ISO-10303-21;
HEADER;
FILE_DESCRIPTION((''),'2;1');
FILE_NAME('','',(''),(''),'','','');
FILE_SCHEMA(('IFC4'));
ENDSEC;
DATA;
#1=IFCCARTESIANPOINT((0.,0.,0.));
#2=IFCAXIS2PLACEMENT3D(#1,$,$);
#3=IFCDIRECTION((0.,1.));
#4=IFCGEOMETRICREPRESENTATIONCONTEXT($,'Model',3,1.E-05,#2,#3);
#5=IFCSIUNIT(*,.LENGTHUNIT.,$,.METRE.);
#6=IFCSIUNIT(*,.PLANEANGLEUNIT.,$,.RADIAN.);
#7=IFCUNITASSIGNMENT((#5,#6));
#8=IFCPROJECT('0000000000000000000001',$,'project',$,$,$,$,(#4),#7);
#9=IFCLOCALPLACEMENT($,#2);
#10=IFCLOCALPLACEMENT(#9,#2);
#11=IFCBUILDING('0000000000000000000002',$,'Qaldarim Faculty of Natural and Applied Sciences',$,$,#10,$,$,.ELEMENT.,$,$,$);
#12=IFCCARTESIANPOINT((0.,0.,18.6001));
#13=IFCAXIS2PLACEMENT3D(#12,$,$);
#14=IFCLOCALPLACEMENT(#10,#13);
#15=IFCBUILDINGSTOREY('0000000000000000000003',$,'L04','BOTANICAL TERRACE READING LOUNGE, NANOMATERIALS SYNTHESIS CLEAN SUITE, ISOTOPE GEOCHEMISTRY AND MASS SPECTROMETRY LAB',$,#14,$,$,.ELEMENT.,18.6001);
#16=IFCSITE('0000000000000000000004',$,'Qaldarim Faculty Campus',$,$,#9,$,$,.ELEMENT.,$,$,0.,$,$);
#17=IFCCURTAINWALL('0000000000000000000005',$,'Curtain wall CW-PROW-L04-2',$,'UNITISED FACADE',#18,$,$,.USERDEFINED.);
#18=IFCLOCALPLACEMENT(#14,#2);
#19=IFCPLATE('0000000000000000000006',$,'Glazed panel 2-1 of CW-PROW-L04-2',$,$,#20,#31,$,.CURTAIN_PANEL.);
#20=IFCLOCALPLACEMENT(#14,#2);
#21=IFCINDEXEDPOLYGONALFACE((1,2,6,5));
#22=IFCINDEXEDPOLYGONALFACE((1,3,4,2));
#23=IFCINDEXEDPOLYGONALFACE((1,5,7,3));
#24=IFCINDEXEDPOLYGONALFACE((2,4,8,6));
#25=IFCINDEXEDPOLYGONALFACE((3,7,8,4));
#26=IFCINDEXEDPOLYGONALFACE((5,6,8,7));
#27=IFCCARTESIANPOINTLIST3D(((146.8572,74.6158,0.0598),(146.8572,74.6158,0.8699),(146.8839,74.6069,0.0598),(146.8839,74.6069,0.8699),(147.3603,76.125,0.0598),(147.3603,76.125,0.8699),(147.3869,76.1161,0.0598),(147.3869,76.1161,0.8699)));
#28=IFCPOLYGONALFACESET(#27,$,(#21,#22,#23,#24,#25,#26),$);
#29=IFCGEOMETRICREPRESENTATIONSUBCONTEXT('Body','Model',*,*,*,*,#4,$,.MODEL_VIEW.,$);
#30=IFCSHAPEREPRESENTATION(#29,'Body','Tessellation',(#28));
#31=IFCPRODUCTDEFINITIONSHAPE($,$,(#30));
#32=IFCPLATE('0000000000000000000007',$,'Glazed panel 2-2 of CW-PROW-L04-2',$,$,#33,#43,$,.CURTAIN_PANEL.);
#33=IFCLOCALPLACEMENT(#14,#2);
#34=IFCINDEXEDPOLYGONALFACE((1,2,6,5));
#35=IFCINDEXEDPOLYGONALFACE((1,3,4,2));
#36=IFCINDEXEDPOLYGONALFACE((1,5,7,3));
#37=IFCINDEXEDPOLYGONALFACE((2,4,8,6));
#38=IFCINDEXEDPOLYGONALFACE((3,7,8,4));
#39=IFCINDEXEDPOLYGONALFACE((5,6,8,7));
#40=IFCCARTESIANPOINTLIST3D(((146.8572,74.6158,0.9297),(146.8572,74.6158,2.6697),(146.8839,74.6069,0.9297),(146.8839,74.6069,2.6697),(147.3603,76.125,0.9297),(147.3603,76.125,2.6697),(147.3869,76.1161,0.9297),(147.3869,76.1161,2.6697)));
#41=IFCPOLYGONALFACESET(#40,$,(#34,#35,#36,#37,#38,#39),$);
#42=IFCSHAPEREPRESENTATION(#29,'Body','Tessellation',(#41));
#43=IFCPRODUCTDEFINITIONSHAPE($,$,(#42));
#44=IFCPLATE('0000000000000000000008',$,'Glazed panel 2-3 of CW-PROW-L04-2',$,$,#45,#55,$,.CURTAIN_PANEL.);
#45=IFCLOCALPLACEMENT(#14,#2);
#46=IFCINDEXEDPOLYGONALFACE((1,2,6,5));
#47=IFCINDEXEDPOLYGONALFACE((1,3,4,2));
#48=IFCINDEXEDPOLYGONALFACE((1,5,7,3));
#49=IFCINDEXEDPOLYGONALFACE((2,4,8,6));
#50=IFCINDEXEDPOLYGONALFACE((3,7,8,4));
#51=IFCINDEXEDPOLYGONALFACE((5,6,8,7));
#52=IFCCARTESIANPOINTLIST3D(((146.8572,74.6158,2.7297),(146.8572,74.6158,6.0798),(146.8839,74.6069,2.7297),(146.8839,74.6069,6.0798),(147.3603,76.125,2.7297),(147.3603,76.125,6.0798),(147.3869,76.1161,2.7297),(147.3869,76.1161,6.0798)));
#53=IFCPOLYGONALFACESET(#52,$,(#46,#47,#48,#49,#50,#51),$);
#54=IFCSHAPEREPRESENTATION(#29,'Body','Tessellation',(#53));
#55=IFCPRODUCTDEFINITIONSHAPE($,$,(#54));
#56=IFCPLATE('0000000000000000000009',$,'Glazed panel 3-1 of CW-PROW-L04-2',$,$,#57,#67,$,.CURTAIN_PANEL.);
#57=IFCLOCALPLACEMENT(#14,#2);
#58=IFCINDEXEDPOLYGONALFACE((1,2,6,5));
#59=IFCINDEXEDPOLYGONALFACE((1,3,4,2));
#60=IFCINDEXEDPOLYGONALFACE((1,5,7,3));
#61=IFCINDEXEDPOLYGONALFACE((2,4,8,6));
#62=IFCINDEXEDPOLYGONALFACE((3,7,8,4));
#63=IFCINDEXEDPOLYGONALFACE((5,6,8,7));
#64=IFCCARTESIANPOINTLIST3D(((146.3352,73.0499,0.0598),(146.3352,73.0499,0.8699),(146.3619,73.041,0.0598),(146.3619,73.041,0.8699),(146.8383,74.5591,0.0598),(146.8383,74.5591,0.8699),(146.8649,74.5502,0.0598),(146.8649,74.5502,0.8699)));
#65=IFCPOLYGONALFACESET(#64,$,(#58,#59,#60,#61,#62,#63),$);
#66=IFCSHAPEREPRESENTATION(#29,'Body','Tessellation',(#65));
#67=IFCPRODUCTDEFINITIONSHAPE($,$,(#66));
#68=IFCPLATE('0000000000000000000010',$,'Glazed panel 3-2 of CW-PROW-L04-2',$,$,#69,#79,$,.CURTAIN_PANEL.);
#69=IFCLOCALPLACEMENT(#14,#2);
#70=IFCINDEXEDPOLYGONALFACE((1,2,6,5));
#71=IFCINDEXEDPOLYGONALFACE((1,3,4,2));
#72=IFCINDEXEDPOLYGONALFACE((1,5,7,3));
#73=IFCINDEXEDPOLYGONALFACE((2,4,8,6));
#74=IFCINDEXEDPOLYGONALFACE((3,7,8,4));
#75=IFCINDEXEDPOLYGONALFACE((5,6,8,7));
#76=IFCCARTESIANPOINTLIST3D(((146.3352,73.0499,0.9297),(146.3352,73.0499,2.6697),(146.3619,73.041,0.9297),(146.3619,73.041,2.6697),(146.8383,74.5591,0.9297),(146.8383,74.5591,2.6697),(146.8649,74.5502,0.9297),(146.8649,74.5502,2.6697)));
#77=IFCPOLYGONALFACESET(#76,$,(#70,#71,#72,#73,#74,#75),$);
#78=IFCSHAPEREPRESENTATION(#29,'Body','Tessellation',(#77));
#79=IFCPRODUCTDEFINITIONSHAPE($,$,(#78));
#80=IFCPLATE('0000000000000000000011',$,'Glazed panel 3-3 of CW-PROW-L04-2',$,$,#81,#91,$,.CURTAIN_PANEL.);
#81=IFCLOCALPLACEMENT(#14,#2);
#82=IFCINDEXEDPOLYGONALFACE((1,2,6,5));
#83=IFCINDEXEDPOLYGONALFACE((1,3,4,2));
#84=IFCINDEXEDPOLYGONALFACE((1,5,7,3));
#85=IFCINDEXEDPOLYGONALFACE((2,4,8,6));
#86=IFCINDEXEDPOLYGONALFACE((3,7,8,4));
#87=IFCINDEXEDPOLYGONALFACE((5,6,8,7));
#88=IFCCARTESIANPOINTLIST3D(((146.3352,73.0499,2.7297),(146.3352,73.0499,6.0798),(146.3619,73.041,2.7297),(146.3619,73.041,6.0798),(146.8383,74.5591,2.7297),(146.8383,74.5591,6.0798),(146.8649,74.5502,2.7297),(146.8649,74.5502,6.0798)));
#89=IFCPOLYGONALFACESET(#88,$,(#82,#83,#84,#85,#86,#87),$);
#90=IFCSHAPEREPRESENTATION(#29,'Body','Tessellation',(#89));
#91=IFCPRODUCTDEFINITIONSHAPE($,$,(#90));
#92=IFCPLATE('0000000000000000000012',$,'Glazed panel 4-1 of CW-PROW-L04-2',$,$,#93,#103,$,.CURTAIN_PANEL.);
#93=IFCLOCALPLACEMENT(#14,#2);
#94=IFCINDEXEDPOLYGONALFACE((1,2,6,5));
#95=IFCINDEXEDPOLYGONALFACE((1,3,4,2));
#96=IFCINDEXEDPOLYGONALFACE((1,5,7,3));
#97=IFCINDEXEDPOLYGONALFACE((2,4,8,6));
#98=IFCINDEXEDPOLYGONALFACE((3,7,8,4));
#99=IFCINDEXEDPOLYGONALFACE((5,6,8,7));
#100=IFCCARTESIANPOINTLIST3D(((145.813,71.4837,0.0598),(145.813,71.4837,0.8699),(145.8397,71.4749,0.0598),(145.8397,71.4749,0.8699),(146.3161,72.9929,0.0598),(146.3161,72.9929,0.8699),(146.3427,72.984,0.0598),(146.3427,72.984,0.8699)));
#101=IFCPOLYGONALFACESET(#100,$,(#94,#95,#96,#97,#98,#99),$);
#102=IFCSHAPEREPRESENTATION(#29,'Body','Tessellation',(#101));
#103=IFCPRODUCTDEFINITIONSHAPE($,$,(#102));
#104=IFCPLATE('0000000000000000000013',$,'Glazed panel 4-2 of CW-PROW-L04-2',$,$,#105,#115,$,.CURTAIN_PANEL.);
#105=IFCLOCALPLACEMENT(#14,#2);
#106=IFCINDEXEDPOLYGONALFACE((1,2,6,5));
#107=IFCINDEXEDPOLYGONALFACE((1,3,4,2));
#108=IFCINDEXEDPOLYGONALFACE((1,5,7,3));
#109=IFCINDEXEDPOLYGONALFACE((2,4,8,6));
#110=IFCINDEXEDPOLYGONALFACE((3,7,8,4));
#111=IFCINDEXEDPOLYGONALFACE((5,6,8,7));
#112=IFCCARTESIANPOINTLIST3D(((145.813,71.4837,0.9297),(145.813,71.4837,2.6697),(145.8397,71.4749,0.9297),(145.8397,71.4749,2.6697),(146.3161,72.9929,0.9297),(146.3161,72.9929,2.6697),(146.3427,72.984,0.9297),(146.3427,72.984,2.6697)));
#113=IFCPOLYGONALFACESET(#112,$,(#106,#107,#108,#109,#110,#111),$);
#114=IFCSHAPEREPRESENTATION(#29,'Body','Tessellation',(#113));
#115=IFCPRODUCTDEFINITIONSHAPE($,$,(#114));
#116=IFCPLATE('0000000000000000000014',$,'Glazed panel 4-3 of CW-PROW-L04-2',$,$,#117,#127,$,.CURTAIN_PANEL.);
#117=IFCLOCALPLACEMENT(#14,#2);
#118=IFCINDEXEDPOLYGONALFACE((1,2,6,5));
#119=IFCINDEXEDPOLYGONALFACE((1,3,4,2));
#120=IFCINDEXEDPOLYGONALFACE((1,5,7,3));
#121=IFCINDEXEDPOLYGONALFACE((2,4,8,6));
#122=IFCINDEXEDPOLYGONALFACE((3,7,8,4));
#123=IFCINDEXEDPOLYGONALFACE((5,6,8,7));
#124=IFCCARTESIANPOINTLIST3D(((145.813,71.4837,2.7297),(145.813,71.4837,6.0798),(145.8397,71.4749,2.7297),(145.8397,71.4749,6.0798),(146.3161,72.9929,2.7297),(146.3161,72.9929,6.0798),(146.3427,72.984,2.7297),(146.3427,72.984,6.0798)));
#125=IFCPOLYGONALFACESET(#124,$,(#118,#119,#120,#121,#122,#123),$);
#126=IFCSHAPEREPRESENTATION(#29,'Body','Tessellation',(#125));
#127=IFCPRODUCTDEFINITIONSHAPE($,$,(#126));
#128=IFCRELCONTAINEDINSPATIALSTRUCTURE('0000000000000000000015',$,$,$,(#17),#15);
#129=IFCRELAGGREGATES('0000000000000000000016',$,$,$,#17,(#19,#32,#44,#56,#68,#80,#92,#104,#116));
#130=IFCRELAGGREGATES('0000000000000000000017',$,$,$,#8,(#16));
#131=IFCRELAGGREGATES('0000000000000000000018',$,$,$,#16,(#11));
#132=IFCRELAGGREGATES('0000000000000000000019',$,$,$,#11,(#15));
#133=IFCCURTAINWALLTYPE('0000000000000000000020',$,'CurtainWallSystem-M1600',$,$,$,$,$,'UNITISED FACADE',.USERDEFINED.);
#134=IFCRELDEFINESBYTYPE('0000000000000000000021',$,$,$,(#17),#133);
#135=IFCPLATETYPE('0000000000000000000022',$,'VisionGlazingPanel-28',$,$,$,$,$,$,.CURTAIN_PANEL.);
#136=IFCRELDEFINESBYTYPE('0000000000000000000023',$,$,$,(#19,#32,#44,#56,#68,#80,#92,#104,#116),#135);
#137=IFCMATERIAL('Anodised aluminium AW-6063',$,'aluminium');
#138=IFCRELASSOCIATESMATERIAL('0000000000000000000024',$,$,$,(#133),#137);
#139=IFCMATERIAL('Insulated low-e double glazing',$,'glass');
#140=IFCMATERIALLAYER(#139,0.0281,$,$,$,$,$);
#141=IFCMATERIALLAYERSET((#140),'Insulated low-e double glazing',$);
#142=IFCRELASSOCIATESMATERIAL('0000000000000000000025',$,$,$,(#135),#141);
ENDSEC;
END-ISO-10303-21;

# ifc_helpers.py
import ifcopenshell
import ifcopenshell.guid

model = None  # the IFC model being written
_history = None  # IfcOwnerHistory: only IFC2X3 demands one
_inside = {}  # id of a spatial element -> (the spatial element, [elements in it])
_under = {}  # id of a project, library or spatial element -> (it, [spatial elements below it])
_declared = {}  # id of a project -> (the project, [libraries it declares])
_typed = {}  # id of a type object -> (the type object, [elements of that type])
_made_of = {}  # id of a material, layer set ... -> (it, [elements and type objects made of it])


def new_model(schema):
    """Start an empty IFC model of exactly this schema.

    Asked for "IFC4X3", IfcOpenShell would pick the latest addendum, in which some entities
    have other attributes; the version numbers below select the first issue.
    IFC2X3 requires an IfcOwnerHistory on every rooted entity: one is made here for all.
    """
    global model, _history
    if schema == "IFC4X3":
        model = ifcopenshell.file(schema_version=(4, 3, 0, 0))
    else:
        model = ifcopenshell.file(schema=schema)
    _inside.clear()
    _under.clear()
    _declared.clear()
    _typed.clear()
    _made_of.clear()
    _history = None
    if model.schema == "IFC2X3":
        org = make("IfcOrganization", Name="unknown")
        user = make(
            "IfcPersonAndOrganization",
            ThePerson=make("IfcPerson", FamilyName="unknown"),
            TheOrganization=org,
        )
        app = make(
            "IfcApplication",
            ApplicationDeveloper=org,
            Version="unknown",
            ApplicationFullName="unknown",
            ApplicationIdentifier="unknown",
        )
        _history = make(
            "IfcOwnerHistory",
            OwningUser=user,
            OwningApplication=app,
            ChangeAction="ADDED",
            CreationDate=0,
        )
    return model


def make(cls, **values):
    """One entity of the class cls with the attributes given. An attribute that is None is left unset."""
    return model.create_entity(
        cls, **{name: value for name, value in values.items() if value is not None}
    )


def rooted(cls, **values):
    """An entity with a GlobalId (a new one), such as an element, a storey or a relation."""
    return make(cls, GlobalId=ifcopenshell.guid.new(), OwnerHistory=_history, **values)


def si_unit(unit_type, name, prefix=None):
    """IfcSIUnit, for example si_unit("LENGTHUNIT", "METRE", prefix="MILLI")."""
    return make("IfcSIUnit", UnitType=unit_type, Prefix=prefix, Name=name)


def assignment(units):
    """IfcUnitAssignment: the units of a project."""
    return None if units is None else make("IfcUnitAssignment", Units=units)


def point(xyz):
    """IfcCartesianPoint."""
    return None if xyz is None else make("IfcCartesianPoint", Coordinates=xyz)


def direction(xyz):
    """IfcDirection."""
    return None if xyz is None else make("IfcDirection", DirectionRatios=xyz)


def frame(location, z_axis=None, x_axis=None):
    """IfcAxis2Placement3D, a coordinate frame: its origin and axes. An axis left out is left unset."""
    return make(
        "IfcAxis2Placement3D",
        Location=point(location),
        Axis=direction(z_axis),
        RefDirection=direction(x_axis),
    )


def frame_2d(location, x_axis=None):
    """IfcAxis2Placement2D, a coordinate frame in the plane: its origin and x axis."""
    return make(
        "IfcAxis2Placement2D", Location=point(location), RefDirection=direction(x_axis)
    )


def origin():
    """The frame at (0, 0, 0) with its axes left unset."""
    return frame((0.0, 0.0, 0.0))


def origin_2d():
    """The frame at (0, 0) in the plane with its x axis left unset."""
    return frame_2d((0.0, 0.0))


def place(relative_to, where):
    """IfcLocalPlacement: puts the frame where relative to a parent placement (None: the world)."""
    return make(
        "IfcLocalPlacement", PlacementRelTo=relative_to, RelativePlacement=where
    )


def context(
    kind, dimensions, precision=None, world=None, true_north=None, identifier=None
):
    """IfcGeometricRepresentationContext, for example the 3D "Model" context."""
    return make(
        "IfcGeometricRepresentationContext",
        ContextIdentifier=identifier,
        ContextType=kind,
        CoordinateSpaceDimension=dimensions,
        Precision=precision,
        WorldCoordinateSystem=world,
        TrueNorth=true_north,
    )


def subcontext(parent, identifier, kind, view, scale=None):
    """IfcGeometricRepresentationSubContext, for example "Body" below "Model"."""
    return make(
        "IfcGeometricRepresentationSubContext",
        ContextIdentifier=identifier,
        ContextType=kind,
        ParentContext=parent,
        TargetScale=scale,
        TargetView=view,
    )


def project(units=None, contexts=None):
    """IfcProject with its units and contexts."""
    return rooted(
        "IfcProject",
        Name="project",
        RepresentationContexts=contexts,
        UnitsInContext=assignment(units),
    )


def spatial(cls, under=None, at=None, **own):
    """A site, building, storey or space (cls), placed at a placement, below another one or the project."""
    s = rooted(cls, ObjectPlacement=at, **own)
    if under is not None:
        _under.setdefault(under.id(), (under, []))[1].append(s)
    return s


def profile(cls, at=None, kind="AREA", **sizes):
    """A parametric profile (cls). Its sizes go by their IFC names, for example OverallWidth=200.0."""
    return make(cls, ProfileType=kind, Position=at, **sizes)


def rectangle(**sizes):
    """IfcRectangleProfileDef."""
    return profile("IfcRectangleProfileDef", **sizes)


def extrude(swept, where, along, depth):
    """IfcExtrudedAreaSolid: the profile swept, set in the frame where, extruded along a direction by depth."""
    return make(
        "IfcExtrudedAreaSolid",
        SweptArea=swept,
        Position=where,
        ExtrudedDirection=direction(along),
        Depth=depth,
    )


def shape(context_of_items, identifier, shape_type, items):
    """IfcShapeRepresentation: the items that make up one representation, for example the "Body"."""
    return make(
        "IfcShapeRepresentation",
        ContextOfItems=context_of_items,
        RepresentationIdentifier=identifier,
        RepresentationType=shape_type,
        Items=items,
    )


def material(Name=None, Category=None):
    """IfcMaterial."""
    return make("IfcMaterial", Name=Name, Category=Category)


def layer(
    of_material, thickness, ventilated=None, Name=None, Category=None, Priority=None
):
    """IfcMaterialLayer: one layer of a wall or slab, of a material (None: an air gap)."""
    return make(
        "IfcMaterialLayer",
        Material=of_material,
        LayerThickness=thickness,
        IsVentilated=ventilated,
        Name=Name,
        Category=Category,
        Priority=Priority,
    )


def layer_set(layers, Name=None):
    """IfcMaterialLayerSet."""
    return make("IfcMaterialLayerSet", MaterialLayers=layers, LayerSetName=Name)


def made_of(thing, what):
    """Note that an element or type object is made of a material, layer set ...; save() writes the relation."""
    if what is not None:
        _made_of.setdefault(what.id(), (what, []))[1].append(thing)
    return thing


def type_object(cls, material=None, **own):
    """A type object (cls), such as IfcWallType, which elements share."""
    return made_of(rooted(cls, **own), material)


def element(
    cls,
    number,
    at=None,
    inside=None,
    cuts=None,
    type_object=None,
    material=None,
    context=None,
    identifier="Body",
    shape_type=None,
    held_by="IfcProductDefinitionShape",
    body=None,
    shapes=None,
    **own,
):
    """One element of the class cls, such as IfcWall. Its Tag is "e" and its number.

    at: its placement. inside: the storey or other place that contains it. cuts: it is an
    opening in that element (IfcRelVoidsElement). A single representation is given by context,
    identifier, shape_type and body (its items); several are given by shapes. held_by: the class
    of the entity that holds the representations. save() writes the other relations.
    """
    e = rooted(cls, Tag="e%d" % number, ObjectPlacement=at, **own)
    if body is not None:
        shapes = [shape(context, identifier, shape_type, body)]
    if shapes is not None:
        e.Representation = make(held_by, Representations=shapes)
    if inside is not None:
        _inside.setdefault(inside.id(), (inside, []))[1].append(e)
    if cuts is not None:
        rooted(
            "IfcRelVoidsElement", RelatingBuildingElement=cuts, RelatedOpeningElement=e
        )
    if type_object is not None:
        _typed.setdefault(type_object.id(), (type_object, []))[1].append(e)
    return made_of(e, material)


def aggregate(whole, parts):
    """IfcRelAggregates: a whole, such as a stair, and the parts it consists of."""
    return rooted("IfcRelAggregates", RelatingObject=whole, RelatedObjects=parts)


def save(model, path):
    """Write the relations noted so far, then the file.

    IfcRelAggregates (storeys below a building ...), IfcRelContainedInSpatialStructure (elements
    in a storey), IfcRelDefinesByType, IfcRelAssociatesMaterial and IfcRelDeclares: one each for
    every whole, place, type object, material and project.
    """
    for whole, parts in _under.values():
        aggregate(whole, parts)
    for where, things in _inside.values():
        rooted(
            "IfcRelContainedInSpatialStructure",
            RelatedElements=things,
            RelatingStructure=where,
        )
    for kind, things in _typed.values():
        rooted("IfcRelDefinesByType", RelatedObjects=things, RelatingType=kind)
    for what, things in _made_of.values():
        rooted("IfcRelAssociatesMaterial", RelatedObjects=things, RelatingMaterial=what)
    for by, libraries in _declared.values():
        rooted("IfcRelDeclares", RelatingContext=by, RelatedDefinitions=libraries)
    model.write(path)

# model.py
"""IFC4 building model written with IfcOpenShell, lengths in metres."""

from ifc_helpers import new_model, si_unit, direction, frame, origin, origin_2d, place, context, subcontext, project, spatial, rectangle, extrude, material, layer, layer_set, type_object, element, aggregate, save


model = new_model("IFC4")

# Units and contexts
model_context = context("Model", 3, precision=1e-05, world=origin(), true_north=direction((0.0, 1.0)))
body_context = subcontext(model_context, "Body", "Model", "MODEL_VIEW")
ifc_project = project(units=[si_unit("LENGTHUNIT", "METRE"), si_unit("PLANEANGLEUNIT", "RADIAN")], contexts=[model_context])

# Site, building, storey
site_placement = place(None, origin())
site = spatial("IfcSite", under=ifc_project, at=site_placement, Name="Qaldarim Faculty Campus", CompositionType="ELEMENT", RefElevation=0.0)
building_placement = place(site_placement, origin())
building = spatial("IfcBuilding", under=site, at=building_placement, Name="Qaldarim Faculty of Natural and Applied Sciences", CompositionType="ELEMENT")
storey_placement = place(building_placement, frame((0.0, 0.0, 18.6001)))
storey = spatial("IfcBuildingStorey", under=building, at=storey_placement, Name="L04", Description="BOTANICAL TERRACE READING LOUNGE, NANOMATERIALS SYNTHESIS CLEAN SUITE, ISOTOPE GEOCHEMISTRY AND MASS SPECTROMETRY LAB", CompositionType="ELEMENT", Elevation=18.6001)

# Curtain wall, plates
ifc_material_1 = material(Name="Anodised aluminium AW-6063", Category="aluminium")
curtain_wall_type = type_object("IfcCurtainWallType", Name="CurtainWallSystem-M1600", ElementType="UNITISED FACADE", PredefinedType="USERDEFINED", material=ifc_material_1)
curtain_wall_placement = place(storey_placement, origin())
curtain_wall = element("IfcCurtainWall", 1, at=curtain_wall_placement, inside=storey, type_object=curtain_wall_type, Name="Curtain wall CW-PROW-L04-2", ObjectType="UNITISED FACADE", PredefinedType="USERDEFINED")
ifc_material_2 = material(Name="Insulated low-e double glazing", Category="glass")
ifc_layer = layer(ifc_material_2, 0.0281)
ifc_layer_set = layer_set([ifc_layer], Name="Insulated low-e double glazing")
plate_type = type_object("IfcPlateType", Name="VisionGlazingPanel-28", PredefinedType="CURTAIN_PANEL", material=ifc_layer_set)
plate_1_placement = place(storey_placement, frame((147.1221, 75.366, 0.0598), z_axis=(0.0, 0.0, 1.0), x_axis=(-0.316229, -0.948683, 0.0)))
plate_1 = element("IfcPlate", 2, at=plate_1_placement, type_object=plate_type, Name="Glazed panel 2-1 of CW-PROW-L04-2", PredefinedType="CURTAIN_PANEL", context=body_context, shape_type="SweptSolid", body=[
    extrude(rectangle(XDim=1.5908, YDim=0.0281, at=origin_2d()), origin(), (0.0, 0.0, 1.0), 0.8101),
])
plate_2_placement = place(storey_placement, frame((147.1221, 75.366, 0.9297), z_axis=(0.0, 0.0, 1.0), x_axis=(-0.316229, -0.948683, 0.0)))
plate_2 = element("IfcPlate", 3, at=plate_2_placement, type_object=plate_type, Name="Glazed panel 2-2 of CW-PROW-L04-2", PredefinedType="CURTAIN_PANEL", context=body_context, shape_type="SweptSolid", body=[
    extrude(rectangle(XDim=1.5908, YDim=0.0281, at=origin_2d()), origin(), (0.0, 0.0, 1.0), 1.74),
])
plate_3_placement = place(storey_placement, frame((147.1221, 75.366, 2.7297), z_axis=(0.0, 0.0, 1.0), x_axis=(-0.316229, -0.948683, 0.0)))
plate_3 = element("IfcPlate", 4, at=plate_3_placement, type_object=plate_type, Name="Glazed panel 2-3 of CW-PROW-L04-2", PredefinedType="CURTAIN_PANEL", context=body_context, shape_type="SweptSolid", body=[
    extrude(rectangle(XDim=1.5908, YDim=0.0281, at=origin_2d()), origin(), (0.0, 0.0, 1.0), 3.3501),
])
plate_4_placement = place(storey_placement, frame((146.6001, 73.8, 0.0598), z_axis=(0.0, 0.0, 1.0), x_axis=(-0.316229, -0.948683, 0.0)))
plate_4 = element("IfcPlate", 5, at=plate_4_placement, type_object=plate_type, Name="Glazed panel 3-1 of CW-PROW-L04-2", PredefinedType="CURTAIN_PANEL", context=body_context, shape_type="SweptSolid", body=[
    extrude(rectangle(XDim=1.5908, YDim=0.0281, at=origin_2d()), origin(), (0.0, 0.0, 1.0), 0.8101),
])
plate_5_placement = place(storey_placement, frame((146.6001, 73.8, 0.9297), z_axis=(0.0, 0.0, 1.0), x_axis=(-0.316229, -0.948683, 0.0)))
plate_5 = element("IfcPlate", 6, at=plate_5_placement, type_object=plate_type, Name="Glazed panel 3-2 of CW-PROW-L04-2", PredefinedType="CURTAIN_PANEL", context=body_context, shape_type="SweptSolid", body=[
    extrude(rectangle(XDim=1.5908, YDim=0.0281, at=origin_2d()), origin(), (0.0, 0.0, 1.0), 1.74),
])
plate_6_placement = place(storey_placement, frame((146.6001, 73.8, 2.7297), z_axis=(0.0, 0.0, 1.0), x_axis=(-0.316229, -0.948683, 0.0)))
plate_6 = element("IfcPlate", 7, at=plate_6_placement, type_object=plate_type, Name="Glazed panel 3-3 of CW-PROW-L04-2", PredefinedType="CURTAIN_PANEL", context=body_context, shape_type="SweptSolid", body=[
    extrude(rectangle(XDim=1.5908, YDim=0.0281, at=origin_2d()), origin(), (0.0, 0.0, 1.0), 3.3501),
])
plate_7_placement = place(storey_placement, frame((146.0779, 72.2339, 0.0598), z_axis=(0.0, 0.0, 1.0), x_axis=(-0.316229, -0.948683, 0.0)))
plate_7 = element("IfcPlate", 8, at=plate_7_placement, type_object=plate_type, Name="Glazed panel 4-1 of CW-PROW-L04-2", PredefinedType="CURTAIN_PANEL", context=body_context, shape_type="SweptSolid", body=[
    extrude(rectangle(XDim=1.5908, YDim=0.0281, at=origin_2d()), origin(), (0.0, 0.0, 1.0), 0.8101),
])
plate_8_placement = place(storey_placement, frame((146.0779, 72.2339, 0.9297), z_axis=(0.0, 0.0, 1.0), x_axis=(-0.316229, -0.948683, 0.0)))
plate_8 = element("IfcPlate", 9, at=plate_8_placement, type_object=plate_type, Name="Glazed panel 4-2 of CW-PROW-L04-2", PredefinedType="CURTAIN_PANEL", context=body_context, shape_type="SweptSolid", body=[
    extrude(rectangle(XDim=1.5908, YDim=0.0281, at=origin_2d()), origin(), (0.0, 0.0, 1.0), 1.74),
])
plate_9_placement = place(storey_placement, frame((146.0779, 72.2339, 2.7297), z_axis=(0.0, 0.0, 1.0), x_axis=(-0.316229, -0.948683, 0.0)))
plate_9 = element("IfcPlate", 10, at=plate_9_placement, type_object=plate_type, Name="Glazed panel 4-3 of CW-PROW-L04-2", PredefinedType="CURTAIN_PANEL", context=body_context, shape_type="SweptSolid", body=[
    extrude(rectangle(XDim=1.5908, YDim=0.0281, at=origin_2d()), origin(), (0.0, 0.0, 1.0), 3.3501),
])
aggregate(curtain_wall, [plate_1, plate_2, plate_3, plate_4, plate_5, plate_6, plate_7, plate_8, plate_9])

save(model, "model.ifc")
